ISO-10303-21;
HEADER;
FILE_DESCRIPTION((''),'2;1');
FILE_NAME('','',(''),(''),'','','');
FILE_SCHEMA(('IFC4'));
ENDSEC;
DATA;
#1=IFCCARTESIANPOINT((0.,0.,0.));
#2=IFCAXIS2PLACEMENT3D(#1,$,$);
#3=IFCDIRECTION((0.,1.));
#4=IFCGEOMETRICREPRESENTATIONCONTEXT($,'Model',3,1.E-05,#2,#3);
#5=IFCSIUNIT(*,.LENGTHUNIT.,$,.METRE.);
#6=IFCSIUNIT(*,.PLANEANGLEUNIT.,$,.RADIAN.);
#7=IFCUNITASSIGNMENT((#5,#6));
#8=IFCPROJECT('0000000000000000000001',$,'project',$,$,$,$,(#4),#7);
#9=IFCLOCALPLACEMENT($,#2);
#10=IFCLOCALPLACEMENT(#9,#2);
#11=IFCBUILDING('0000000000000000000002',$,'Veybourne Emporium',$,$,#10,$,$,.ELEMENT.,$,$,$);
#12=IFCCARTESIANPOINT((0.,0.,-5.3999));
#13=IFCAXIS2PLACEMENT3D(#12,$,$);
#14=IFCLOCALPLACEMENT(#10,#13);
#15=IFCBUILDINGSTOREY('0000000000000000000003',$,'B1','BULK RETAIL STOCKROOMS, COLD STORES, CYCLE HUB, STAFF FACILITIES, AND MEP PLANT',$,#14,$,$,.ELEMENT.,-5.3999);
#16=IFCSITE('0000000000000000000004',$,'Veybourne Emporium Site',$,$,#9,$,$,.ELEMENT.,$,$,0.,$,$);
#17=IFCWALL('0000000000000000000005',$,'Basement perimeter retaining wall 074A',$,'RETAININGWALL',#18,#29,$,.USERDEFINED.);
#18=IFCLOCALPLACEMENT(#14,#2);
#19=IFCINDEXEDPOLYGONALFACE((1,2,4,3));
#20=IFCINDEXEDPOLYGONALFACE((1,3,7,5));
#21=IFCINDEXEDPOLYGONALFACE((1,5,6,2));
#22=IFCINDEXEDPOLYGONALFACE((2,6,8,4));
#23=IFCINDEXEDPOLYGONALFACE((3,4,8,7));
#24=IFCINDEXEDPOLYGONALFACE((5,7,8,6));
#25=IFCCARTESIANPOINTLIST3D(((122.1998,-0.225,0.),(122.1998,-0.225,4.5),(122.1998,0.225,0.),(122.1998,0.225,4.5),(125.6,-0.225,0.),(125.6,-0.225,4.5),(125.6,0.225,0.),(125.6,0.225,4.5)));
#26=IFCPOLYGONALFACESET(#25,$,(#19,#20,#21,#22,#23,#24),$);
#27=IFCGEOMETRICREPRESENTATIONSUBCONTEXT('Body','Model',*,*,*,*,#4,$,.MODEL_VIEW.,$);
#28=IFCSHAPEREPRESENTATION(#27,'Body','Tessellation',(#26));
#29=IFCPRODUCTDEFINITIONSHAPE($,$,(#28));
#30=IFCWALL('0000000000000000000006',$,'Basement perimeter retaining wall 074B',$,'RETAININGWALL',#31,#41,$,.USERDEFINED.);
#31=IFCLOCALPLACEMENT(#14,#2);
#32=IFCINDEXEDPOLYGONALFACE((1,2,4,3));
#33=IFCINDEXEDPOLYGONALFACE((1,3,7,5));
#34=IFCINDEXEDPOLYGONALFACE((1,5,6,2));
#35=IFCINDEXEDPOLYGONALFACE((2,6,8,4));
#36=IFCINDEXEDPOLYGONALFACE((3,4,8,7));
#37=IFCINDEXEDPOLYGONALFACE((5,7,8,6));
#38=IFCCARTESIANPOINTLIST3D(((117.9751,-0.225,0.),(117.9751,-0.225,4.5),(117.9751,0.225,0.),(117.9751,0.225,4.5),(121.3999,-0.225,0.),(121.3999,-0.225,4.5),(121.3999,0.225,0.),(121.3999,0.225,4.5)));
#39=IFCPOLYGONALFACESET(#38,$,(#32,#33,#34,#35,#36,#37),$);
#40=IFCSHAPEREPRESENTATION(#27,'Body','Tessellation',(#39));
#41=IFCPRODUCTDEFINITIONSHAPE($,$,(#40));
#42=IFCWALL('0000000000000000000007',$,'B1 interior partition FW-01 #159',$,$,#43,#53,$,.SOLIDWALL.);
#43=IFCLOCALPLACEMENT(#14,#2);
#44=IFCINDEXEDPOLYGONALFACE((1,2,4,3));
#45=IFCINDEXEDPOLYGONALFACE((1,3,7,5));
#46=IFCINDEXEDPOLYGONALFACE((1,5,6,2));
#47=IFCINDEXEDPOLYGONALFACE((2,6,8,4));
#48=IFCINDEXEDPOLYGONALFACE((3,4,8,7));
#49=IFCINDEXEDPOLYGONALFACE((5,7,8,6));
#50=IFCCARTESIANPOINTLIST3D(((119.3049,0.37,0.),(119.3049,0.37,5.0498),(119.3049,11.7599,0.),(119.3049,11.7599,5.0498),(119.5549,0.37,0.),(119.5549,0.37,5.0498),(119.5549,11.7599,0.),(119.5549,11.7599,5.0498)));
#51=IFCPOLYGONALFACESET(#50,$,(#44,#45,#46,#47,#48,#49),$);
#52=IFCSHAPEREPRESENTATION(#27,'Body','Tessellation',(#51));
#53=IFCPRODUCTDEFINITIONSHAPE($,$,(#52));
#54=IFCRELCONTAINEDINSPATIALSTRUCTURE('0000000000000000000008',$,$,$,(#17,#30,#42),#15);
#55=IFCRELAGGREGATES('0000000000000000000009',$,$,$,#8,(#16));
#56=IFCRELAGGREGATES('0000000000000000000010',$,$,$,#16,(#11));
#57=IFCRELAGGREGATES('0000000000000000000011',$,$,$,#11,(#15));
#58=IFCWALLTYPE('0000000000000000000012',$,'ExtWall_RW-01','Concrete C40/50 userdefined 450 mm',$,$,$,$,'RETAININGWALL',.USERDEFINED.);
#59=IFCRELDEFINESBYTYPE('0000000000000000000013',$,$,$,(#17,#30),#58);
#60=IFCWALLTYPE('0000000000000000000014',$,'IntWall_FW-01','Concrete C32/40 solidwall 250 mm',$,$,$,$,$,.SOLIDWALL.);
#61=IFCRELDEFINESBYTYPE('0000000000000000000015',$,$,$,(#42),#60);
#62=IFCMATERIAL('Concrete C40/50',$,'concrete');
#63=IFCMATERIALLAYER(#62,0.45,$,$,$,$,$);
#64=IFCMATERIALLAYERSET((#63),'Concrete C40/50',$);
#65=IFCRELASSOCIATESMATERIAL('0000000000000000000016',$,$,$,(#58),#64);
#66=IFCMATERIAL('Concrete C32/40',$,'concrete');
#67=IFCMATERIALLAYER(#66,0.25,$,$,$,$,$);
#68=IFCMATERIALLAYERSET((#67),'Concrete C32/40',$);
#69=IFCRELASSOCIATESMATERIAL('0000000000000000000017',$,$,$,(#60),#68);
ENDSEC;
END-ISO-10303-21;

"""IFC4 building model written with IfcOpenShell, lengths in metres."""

from ifc_helpers import new_model, si_unit, direction, frame, frame_2d, origin, place, context, subcontext, project, spatial, rectangle, extrude, material, layer, layer_set, type_object, element, save


model = new_model("IFC4")

# Units and contexts
model_context = context("Model", 3, precision=1e-05, world=origin(), true_north=direction((0.0, 1.0)))
body_context = subcontext(model_context, "Body", "Model", "MODEL_VIEW")
ifc_project = project(units=[si_unit("LENGTHUNIT", "METRE"), si_unit("PLANEANGLEUNIT", "RADIAN")], contexts=[model_context])

# Site, building, storey
site_placement = place(None, origin())
site = spatial("IfcSite", under=ifc_project, at=site_placement, Name="Veybourne Emporium Site", CompositionType="ELEMENT", RefElevation=0.0)
building_placement = place(site_placement, origin())
building = spatial("IfcBuilding", under=site, at=building_placement, Name="Veybourne Emporium", CompositionType="ELEMENT")
storey_placement = place(building_placement, frame((0.0, 0.0, -5.3999)))
storey = spatial("IfcBuildingStorey", under=building, at=storey_placement, Name="B1", Description="BULK RETAIL STOCKROOMS, COLD STORES, CYCLE HUB, STAFF FACILITIES, AND MEP PLANT", CompositionType="ELEMENT", Elevation=-5.3999)

# Shared definitions
ifc_material_1 = material(Name="Concrete C40/50", Category="concrete")

# Shared definitions
ifc_material_2 = material(Name="Concrete C32/40", Category="concrete")

# Walls
ifc_layer_1 = layer(ifc_material_1, 0.45)
ifc_layer_set_1 = layer_set([ifc_layer_1], Name="Concrete C40/50")
wall_type_1 = type_object("IfcWallType", Name="ExtWall_RW-01", Description="Concrete C40/50 userdefined 450 mm", ElementType="RETAININGWALL", PredefinedType="USERDEFINED", material=ifc_layer_set_1)
wall_1_placement = place(storey_placement, frame((125.6001, 0.0, 0.0), z_axis=(0.0, 0.0, 1.0), x_axis=(-1.0, 0.0, 0.0)))
element("IfcWall", 1, at=wall_1_placement, inside=storey, type_object=wall_type_1, Name="Basement perimeter retaining wall 074A", ObjectType="RETAININGWALL", PredefinedType="USERDEFINED", context=body_context, shape_type="SweptSolid", body=[
    extrude(rectangle(XDim=3.4001, YDim=0.45, at=frame_2d((1.7002, 0.0))), origin(), (0.0, 0.0, 1.0), 4.5),
])
wall_2_placement = place(storey_placement, frame((121.3999, 0.0, 0.0), z_axis=(0.0, 0.0, 1.0), x_axis=(-1.0, 0.0, 0.0)))
element("IfcWall", 2, at=wall_2_placement, inside=storey, type_object=wall_type_1, Name="Basement perimeter retaining wall 074B", ObjectType="RETAININGWALL", PredefinedType="USERDEFINED", context=body_context, shape_type="SweptSolid", body=[
    extrude(rectangle(XDim=3.4248, YDim=0.45, at=frame_2d((1.7124, 0.0))), origin(), (0.0, 0.0, 1.0), 4.5),
])
ifc_layer_2 = layer(ifc_material_2, 0.25)
ifc_layer_set_2 = layer_set([ifc_layer_2], Name="Concrete C32/40")
wall_type_2 = type_object("IfcWallType", Name="IntWall_FW-01", Description="Concrete C32/40 solidwall 250 mm", PredefinedType="SOLIDWALL", material=ifc_layer_set_2)
wall_3_placement = place(storey_placement, frame((119.4299, 0.3701, 0.0), z_axis=(0.0, 0.0, 1.0), x_axis=(0.0, 1.0, 0.0)))
element("IfcWall", 3, at=wall_3_placement, inside=storey, type_object=wall_type_2, Name="B1 interior partition FW-01 #159", PredefinedType="SOLIDWALL", context=body_context, shape_type="SweptSolid", body=[
    extrude(rectangle(XDim=11.3899, YDim=0.25, at=frame_2d((5.6948, 0.0))), origin(), (0.0, 0.0, 1.0), 5.0498),
])

save(model, "model.ifc")
